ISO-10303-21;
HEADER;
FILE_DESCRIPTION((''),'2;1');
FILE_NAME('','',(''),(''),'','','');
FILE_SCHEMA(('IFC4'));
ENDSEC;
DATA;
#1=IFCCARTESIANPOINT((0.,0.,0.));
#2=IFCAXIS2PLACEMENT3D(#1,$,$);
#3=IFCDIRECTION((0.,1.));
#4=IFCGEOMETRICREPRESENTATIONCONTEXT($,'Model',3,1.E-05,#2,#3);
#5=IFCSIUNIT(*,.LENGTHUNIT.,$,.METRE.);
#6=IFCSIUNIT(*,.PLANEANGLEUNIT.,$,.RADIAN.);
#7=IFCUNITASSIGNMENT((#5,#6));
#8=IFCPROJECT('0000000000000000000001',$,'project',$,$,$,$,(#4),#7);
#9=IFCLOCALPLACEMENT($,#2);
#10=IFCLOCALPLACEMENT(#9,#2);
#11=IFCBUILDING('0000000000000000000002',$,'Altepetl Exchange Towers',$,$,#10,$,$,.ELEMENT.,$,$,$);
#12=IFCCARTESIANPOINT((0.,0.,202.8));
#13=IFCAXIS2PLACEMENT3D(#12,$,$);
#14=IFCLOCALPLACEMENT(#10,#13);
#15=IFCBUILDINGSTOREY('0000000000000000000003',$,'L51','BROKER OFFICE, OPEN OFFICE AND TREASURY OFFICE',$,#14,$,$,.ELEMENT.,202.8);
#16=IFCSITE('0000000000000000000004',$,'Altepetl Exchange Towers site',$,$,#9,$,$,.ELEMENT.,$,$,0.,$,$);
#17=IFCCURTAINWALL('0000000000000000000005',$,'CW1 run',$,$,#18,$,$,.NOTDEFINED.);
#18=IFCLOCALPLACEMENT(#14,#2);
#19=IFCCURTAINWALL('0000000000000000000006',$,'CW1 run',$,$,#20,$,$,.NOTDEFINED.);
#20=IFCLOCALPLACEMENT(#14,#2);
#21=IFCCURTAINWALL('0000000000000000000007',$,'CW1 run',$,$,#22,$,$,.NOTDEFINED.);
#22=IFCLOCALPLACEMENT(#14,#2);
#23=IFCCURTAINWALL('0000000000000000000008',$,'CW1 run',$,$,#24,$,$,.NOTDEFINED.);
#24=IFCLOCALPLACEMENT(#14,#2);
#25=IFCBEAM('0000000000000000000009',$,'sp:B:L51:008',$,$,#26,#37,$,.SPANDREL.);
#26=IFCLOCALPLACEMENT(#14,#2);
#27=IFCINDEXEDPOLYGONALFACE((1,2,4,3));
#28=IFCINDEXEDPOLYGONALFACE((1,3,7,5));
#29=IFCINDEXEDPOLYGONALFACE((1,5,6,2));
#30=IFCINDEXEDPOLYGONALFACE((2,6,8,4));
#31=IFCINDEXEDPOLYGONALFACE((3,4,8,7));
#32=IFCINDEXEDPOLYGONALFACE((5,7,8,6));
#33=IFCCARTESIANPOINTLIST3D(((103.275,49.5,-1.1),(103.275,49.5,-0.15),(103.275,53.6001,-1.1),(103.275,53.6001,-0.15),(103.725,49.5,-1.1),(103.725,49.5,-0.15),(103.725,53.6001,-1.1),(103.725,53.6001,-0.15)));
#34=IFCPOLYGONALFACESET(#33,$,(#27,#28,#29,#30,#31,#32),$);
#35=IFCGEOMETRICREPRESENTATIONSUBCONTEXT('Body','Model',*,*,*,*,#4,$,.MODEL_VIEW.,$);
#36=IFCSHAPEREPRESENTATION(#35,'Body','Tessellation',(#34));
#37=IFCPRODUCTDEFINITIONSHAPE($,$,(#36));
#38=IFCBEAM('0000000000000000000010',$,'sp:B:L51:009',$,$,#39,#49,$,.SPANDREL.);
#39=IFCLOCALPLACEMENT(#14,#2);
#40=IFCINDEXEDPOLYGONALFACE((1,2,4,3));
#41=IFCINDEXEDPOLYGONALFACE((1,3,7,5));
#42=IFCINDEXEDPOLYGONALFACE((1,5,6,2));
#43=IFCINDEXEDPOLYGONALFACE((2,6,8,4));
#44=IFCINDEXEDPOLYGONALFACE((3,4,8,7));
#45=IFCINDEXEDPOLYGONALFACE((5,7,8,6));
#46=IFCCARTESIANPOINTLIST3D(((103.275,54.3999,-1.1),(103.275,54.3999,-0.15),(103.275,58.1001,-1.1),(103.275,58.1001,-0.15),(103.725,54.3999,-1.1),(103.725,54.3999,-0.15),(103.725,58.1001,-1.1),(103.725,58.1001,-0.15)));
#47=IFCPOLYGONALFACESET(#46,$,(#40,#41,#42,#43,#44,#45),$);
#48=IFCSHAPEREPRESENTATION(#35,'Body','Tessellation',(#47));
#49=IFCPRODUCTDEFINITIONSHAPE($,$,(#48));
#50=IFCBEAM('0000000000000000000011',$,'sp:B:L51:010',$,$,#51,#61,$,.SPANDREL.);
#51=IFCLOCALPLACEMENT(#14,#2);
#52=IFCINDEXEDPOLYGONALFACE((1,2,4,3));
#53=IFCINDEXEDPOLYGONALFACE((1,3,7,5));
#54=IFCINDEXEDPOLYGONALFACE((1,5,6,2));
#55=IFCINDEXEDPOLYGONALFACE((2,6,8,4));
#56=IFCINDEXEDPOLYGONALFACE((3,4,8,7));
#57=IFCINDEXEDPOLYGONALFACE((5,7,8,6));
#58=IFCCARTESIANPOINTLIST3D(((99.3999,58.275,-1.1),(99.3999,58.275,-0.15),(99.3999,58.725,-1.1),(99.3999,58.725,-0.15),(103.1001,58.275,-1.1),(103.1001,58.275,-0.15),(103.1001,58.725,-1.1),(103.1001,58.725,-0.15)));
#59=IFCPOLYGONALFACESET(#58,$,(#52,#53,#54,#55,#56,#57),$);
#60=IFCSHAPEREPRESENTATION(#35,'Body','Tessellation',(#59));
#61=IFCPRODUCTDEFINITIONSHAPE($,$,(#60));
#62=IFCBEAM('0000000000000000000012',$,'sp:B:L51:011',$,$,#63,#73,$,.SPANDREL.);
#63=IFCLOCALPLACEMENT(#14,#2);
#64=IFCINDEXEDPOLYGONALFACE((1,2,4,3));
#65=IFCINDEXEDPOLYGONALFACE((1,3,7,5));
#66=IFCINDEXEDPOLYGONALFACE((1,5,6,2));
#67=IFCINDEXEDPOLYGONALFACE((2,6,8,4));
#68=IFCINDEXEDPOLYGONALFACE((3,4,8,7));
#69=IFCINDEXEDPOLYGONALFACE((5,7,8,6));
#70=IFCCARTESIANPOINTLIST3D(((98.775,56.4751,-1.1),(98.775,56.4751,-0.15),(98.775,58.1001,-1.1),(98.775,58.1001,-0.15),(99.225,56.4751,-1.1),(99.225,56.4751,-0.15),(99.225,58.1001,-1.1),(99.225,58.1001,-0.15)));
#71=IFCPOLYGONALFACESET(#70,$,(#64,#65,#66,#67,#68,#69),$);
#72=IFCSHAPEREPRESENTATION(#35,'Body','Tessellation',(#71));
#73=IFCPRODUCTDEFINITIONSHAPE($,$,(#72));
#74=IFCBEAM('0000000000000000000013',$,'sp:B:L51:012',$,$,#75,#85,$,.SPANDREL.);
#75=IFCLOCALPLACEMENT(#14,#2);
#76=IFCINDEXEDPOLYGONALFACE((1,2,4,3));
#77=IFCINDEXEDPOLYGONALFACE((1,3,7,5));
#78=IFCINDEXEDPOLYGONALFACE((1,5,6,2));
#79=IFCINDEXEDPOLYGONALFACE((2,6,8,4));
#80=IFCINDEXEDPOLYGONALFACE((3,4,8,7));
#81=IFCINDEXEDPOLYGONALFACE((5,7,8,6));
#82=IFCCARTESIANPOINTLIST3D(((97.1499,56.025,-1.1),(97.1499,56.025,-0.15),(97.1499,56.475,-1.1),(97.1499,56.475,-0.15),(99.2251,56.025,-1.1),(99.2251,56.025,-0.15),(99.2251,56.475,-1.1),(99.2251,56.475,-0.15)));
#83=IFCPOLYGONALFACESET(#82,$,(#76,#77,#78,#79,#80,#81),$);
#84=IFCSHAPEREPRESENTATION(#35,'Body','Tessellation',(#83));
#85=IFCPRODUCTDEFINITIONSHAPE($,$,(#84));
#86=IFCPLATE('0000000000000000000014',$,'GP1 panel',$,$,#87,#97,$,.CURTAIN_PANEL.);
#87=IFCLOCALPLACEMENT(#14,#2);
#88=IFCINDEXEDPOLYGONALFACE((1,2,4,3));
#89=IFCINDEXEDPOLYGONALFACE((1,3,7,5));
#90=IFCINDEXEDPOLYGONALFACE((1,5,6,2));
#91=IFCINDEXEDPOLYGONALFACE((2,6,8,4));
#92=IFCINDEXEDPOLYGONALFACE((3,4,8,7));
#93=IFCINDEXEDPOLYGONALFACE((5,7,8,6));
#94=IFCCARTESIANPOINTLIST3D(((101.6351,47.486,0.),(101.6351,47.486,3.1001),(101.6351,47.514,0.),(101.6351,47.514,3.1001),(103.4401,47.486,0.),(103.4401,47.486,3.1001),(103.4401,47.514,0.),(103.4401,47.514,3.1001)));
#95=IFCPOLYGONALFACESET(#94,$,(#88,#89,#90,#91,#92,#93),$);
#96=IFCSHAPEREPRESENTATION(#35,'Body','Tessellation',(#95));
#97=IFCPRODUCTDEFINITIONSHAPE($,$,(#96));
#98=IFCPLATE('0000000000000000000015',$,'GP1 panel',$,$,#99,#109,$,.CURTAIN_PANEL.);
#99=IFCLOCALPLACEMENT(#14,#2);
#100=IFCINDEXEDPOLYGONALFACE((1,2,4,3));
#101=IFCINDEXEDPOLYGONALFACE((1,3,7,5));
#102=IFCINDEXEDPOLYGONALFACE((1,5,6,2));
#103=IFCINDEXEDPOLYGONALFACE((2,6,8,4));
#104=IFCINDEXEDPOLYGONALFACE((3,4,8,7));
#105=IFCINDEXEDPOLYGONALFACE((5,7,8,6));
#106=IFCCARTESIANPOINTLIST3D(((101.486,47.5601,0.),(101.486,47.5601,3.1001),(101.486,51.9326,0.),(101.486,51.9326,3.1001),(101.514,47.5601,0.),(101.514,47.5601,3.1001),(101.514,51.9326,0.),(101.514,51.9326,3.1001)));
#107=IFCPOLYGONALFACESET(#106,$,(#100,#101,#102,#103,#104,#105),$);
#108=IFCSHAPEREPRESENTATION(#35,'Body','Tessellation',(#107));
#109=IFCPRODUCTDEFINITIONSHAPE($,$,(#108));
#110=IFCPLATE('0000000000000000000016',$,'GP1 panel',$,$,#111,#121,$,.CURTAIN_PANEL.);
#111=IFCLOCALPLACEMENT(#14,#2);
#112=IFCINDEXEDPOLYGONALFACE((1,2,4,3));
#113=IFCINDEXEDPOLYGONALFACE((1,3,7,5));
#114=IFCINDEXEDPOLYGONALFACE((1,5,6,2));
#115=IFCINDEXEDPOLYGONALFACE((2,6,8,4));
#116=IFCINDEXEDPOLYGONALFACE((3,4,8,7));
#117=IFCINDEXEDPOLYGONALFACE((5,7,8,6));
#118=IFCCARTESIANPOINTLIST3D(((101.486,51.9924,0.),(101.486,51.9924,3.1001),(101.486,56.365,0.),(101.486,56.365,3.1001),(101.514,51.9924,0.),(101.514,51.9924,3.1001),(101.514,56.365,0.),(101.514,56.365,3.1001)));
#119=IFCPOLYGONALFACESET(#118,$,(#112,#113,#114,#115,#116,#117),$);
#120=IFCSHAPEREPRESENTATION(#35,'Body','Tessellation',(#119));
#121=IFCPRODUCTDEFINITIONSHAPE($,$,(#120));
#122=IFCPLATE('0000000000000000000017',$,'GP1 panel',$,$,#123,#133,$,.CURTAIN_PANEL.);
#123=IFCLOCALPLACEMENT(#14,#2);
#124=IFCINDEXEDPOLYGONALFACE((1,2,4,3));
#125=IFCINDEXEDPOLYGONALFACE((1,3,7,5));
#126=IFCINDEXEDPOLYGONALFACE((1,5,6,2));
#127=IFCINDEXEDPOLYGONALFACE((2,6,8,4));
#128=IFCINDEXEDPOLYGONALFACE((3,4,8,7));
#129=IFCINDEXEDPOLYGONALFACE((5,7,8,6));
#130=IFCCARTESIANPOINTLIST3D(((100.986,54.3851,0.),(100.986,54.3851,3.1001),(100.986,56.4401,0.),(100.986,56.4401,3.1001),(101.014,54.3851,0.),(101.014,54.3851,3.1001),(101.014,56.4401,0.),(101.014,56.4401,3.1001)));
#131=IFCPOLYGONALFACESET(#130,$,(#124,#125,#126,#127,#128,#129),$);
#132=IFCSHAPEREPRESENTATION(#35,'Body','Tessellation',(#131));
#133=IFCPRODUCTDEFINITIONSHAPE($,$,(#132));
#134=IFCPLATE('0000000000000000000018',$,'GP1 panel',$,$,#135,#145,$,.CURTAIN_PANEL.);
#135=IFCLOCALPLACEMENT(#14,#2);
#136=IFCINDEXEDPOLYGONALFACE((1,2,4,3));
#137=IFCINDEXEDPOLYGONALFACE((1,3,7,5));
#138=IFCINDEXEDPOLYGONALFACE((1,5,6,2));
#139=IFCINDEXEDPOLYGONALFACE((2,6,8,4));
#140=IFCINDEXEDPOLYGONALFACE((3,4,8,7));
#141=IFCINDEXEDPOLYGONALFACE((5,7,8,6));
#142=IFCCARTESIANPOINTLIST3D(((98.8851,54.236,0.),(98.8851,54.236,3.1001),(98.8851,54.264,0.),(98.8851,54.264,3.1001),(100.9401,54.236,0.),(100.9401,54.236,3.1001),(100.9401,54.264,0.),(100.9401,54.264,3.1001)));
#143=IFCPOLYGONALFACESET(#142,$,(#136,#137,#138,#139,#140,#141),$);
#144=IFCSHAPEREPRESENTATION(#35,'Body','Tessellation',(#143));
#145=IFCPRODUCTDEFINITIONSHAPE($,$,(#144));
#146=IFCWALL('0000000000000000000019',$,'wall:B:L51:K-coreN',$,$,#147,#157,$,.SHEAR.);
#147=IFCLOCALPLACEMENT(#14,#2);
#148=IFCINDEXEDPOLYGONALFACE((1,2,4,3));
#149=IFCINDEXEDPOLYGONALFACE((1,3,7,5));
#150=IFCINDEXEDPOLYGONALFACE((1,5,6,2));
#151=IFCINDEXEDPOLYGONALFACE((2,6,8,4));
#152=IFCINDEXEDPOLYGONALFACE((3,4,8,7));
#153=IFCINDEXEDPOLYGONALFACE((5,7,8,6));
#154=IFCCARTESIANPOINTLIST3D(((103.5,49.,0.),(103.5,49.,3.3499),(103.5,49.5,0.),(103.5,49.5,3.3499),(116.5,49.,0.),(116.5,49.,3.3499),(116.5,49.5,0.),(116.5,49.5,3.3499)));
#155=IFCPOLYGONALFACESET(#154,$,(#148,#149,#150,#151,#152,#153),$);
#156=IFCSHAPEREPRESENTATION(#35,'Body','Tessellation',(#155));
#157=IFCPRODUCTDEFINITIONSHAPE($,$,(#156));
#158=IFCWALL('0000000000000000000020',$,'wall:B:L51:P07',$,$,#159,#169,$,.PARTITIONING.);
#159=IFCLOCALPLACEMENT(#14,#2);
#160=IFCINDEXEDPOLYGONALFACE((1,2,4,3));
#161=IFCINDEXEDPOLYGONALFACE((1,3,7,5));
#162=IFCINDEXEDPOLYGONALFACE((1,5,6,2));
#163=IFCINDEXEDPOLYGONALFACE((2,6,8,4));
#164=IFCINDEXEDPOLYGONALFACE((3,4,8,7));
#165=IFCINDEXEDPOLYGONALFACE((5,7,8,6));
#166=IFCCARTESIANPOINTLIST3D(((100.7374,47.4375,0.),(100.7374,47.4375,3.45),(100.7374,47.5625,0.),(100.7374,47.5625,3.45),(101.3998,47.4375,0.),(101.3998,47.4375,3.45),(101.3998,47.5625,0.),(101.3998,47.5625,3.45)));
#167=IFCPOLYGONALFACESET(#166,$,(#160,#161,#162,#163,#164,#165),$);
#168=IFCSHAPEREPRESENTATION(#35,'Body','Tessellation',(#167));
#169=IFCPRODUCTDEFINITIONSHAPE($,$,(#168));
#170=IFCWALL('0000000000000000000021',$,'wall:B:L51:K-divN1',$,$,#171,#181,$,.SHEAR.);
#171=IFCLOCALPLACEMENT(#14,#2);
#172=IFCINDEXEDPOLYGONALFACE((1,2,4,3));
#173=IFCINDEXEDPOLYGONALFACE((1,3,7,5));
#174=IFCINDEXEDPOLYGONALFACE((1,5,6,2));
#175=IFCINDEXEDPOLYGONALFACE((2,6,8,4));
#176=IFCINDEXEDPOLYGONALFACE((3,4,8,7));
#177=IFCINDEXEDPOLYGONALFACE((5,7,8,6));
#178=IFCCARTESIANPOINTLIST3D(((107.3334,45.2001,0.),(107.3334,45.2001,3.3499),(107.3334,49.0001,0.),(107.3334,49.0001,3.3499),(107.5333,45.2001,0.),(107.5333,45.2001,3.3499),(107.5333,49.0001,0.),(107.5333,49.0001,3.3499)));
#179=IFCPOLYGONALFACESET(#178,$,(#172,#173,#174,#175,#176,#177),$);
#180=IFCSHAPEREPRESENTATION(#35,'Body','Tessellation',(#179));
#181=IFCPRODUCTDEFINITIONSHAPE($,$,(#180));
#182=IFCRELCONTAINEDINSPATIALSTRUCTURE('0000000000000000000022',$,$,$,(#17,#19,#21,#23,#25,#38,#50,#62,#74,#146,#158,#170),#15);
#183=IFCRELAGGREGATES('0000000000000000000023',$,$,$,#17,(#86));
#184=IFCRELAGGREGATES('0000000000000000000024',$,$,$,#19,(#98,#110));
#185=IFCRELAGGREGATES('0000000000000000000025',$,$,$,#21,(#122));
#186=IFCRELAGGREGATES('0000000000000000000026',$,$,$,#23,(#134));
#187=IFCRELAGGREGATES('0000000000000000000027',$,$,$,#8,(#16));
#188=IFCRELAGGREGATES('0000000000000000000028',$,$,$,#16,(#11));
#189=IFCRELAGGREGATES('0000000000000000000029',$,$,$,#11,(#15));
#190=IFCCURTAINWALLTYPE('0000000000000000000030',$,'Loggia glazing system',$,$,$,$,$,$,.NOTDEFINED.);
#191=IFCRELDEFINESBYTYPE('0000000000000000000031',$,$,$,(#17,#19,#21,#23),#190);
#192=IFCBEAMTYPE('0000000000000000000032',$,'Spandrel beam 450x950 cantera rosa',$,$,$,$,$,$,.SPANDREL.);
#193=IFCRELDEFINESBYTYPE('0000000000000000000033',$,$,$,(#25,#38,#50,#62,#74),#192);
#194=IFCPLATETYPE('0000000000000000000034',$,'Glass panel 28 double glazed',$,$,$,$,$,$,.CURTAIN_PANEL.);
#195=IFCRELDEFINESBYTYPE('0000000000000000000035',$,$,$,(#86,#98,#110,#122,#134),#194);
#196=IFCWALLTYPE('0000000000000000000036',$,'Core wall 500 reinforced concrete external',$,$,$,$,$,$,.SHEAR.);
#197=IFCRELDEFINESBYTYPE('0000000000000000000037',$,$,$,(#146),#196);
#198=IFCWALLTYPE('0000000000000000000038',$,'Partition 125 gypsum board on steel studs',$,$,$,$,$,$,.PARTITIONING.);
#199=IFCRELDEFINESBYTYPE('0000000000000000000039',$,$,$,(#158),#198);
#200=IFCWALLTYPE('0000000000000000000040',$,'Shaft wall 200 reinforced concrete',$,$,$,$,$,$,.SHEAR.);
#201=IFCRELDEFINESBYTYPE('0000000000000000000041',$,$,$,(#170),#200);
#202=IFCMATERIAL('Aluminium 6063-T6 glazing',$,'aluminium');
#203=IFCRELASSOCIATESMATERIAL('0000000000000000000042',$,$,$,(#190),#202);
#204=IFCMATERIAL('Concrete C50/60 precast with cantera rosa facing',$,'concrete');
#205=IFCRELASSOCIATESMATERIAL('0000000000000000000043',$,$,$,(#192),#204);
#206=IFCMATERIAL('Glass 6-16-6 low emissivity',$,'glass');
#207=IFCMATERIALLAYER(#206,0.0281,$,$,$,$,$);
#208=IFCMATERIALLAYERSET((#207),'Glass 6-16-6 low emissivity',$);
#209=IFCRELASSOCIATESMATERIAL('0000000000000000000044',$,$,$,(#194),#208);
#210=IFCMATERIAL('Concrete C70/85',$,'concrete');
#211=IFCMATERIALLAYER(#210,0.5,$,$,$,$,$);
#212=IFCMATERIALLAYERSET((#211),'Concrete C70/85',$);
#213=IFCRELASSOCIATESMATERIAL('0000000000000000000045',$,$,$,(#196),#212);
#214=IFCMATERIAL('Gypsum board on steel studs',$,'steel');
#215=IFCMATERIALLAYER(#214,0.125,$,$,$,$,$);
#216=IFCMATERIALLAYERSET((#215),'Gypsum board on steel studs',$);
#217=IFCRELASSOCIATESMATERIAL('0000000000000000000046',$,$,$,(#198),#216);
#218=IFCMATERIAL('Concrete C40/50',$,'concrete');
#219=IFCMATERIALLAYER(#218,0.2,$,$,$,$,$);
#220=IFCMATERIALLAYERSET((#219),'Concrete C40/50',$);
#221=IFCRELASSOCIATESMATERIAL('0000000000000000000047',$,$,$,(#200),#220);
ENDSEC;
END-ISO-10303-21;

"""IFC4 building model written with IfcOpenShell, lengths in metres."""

from ifc_helpers import new_model, si_unit, direction, frame, frame_2d, origin, origin_2d, place, context, subcontext, project, spatial, rectangle, extrude, material, layer, layer_set, material_profile, profile_set, type_object, element, aggregate, save


model = new_model("IFC4")

# Units and contexts
model_context = context("Model", 3, precision=1e-05, world=origin(), true_north=direction((0.0, 1.0)))
body_context = subcontext(model_context, "Body", "Model", "MODEL_VIEW")
ifc_project = project(units=[si_unit("LENGTHUNIT", "METRE"), si_unit("PLANEANGLEUNIT", "RADIAN")], contexts=[model_context])

# Site, building, storey
site_placement = place(None, origin())
site = spatial("IfcSite", under=ifc_project, at=site_placement, Name="Altepetl Exchange Towers site", CompositionType="ELEMENT", RefElevation=0.0)
building_placement = place(site_placement, origin())
building = spatial("IfcBuilding", under=site, at=building_placement, Name="Altepetl Exchange Towers", CompositionType="ELEMENT")
storey_placement = place(building_placement, frame((0.0, 0.0, 202.8)))
storey = spatial("IfcBuildingStorey", under=building, at=storey_placement, Name="L51", Description="BROKER OFFICE, OPEN OFFICE AND TREASURY OFFICE", CompositionType="ELEMENT", Elevation=202.8)

# Curtain walls
ifc_material_1 = material(Name="Aluminium 6063-T6 glazing", Category="aluminium")
curtain_wall_type = type_object("IfcCurtainWallType", Name="Loggia glazing system", PredefinedType="NOTDEFINED", material=ifc_material_1)
curtain_wall_1_placement = place(storey_placement, origin())
curtain_wall_1 = element("IfcCurtainWall", 1, at=curtain_wall_1_placement, inside=storey, type_object=curtain_wall_type, Name="CW1 run", PredefinedType="NOTDEFINED")
curtain_wall_2_placement = place(storey_placement, origin())
curtain_wall_2 = element("IfcCurtainWall", 2, at=curtain_wall_2_placement, inside=storey, type_object=curtain_wall_type, Name="CW1 run", PredefinedType="NOTDEFINED")
curtain_wall_3_placement = place(storey_placement, origin())
curtain_wall_3 = element("IfcCurtainWall", 3, at=curtain_wall_3_placement, inside=storey, type_object=curtain_wall_type, Name="CW1 run", PredefinedType="NOTDEFINED")
curtain_wall_4_placement = place(storey_placement, origin())
curtain_wall_4 = element("IfcCurtainWall", 4, at=curtain_wall_4_placement, inside=storey, type_object=curtain_wall_type, Name="CW1 run", PredefinedType="NOTDEFINED")

# Beams
ifc_material_2 = material(Name="Concrete C50/60 precast with cantera rosa facing", Category="concrete")
ifc_material_profile_1 = material_profile(ifc_material_2, rectangle(XDim=0.45, YDim=0.95, at=origin_2d()), Name="450 x 950")
ifc_profile_set_1 = profile_set([ifc_material_profile_1], Name="Concrete C50/60 precast with cantera rosa facing")
beam_type = type_object("IfcBeamType", Name="Spandrel beam 450x950 cantera rosa", PredefinedType="SPANDREL", material=ifc_profile_set_1)
beam_1_placement = place(storey_placement, frame((103.5, 49.5, -0.625), z_axis=(0.0, 1.0, 0.0), x_axis=(-1.0, 0.0, 0.0)))
element("IfcBeam", 5, at=beam_1_placement, inside=storey, type_object=beam_type, Name="sp:B:L51:008", PredefinedType="SPANDREL", context=body_context, shape_type="SweptSolid", body=[
    extrude(rectangle(XDim=0.45, YDim=0.95, at=origin_2d()), origin(), (0.0, 0.0, 1.0), 4.1001),
])
for number, where, z_axis, x_axis, name in (
    (6, (103.5, 54.3999, -0.625), (0.0, 1.0, 0.0), (-1.0, 0.0, 0.0), "sp:B:L51:009"),
    (7, (103.1001, 58.5, -0.625), (-1.0, 0.0, 0.0), (0.0, -1.0, 0.0), "sp:B:L51:010"),
):
    element("IfcBeam", number, at=place(storey_placement, frame(where, z_axis=z_axis, x_axis=x_axis)), inside=storey, type_object=beam_type, Name=name, PredefinedType="SPANDREL", context=body_context, shape_type="SweptSolid", body=[
        extrude(rectangle(XDim=0.45, YDim=0.95, at=origin_2d()), origin(), (0.0, 0.0, 1.0), 3.7002),
    ])
beam_2_placement = place(storey_placement, frame((99.0, 58.1001, -0.625), z_axis=(0.0, -1.0, 0.0), x_axis=(1.0, 0.0, 0.0)))
element("IfcBeam", 8, at=beam_2_placement, inside=storey, type_object=beam_type, Name="sp:B:L51:011", PredefinedType="SPANDREL", context=body_context, shape_type="SweptSolid", body=[
    extrude(rectangle(XDim=0.45, YDim=0.95, at=origin_2d()), origin(), (0.0, 0.0, 1.0), 1.625),
])
beam_3_placement = place(storey_placement, frame((99.2251, 56.25, -0.625), z_axis=(-1.0, 0.0, 0.0), x_axis=(0.0, -1.0, 0.0)))
element("IfcBeam", 9, at=beam_3_placement, inside=storey, type_object=beam_type, Name="sp:B:L51:012", PredefinedType="SPANDREL", context=body_context, shape_type="SweptSolid", body=[
    extrude(rectangle(XDim=0.45, YDim=0.95, at=origin_2d()), origin(), (0.0, 0.0, 1.0), 2.0752),
])

# Plates
ifc_material_3 = material(Name="Glass 6-16-6 low emissivity", Category="glass")
ifc_layer_1 = layer(ifc_material_3, 0.0281)
ifc_layer_set_1 = layer_set([ifc_layer_1], Name="Glass 6-16-6 low emissivity")
plate_type = type_object("IfcPlateType", Name="Glass panel 28 double glazed", PredefinedType="CURTAIN_PANEL", material=ifc_layer_set_1)
plate_1_placement = place(storey_placement, frame((102.5376, 47.5, 0.0), z_axis=(0.0, 0.0, 1.0), x_axis=(-1.0, 0.0, 0.0)))
plate_1 = element("IfcPlate", 10, at=plate_1_placement, type_object=plate_type, Name="GP1 panel", PredefinedType="CURTAIN_PANEL", context=body_context, shape_type="SweptSolid", body=[
    extrude(rectangle(XDim=1.8049, YDim=0.0281, at=origin_2d()), origin(), (0.0, 0.0, 1.0), 3.1001),
])
aggregate(curtain_wall_1, [plate_1])
plate_2_placement = place(storey_placement, frame((101.5, 49.7463, 0.0), z_axis=(0.0, 0.0, 1.0), x_axis=(0.0, 1.0, 0.0)))
plate_2 = element("IfcPlate", 11, at=plate_2_placement, type_object=plate_type, Name="GP1 panel", PredefinedType="CURTAIN_PANEL", context=body_context, shape_type="SweptSolid", body=[
    extrude(rectangle(XDim=4.3726, YDim=0.0281, at=origin_2d()), origin(), (0.0, 0.0, 1.0), 3.1001),
])
plate_3_placement = place(storey_placement, frame((101.5, 54.1787, 0.0), z_axis=(0.0, 0.0, 1.0), x_axis=(0.0, 1.0, 0.0)))
plate_3 = element("IfcPlate", 12, at=plate_3_placement, type_object=plate_type, Name="GP1 panel", PredefinedType="CURTAIN_PANEL", context=body_context, shape_type="SweptSolid", body=[
    extrude(rectangle(XDim=4.3726, YDim=0.0281, at=origin_2d()), origin(), (0.0, 0.0, 1.0), 3.1001),
])
aggregate(curtain_wall_2, [plate_2, plate_3])
plate_4_placement = place(storey_placement, frame((101.0, 55.4126, 0.0), z_axis=(0.0, 0.0, 1.0), x_axis=(0.0, -1.0, 0.0)))
plate_4 = element("IfcPlate", 13, at=plate_4_placement, type_object=plate_type, Name="GP1 panel", PredefinedType="CURTAIN_PANEL", context=body_context, shape_type="SweptSolid", body=[
    extrude(rectangle(XDim=2.0549, YDim=0.0281, at=origin_2d()), origin(), (0.0, 0.0, 1.0), 3.1001),
])
aggregate(curtain_wall_3, [plate_4])
plate_5_placement = place(storey_placement, frame((99.9126, 54.25, 0.0), z_axis=(0.0, 0.0, 1.0), x_axis=(-1.0, 0.0, 0.0)))
plate_5 = element("IfcPlate", 14, at=plate_5_placement, type_object=plate_type, Name="GP1 panel", PredefinedType="CURTAIN_PANEL", context=body_context, shape_type="SweptSolid", body=[
    extrude(rectangle(XDim=2.0549, YDim=0.0281, at=origin_2d()), origin(), (0.0, 0.0, 1.0), 3.1001),
])
aggregate(curtain_wall_4, [plate_5])

# Walls
ifc_material_4 = material(Name="Concrete C70/85", Category="concrete")
ifc_layer_2 = layer(ifc_material_4, 0.5)
ifc_layer_set_2 = layer_set([ifc_layer_2], Name="Concrete C70/85")
wall_type_1 = type_object("IfcWallType", Name="Core wall 500 reinforced concrete external", PredefinedType="SHEAR", material=ifc_layer_set_2)
wall_1_placement = place(storey_placement, frame((103.5, 49.25, 0.0)))
element("IfcWall", 15, at=wall_1_placement, inside=storey, type_object=wall_type_1, Name="wall:B:L51:K-coreN", PredefinedType="SHEAR", context=body_context, shape_type="SweptSolid", body=[
    extrude(rectangle(XDim=13.0, YDim=0.5, at=frame_2d((6.5, 0.0))), origin(), (0.0, 0.0, 1.0), 3.3499),
])
ifc_material_5 = material(Name="Gypsum board on steel studs", Category="steel")
ifc_layer_3 = layer(ifc_material_5, 0.125)
ifc_layer_set_3 = layer_set([ifc_layer_3], Name="Gypsum board on steel studs")
wall_type_2 = type_object("IfcWallType", Name="Partition 125 gypsum board on steel studs", PredefinedType="PARTITIONING", material=ifc_layer_set_3)
wall_2_placement = place(storey_placement, frame((100.7375, 47.5, 0.0)))
element("IfcWall", 16, at=wall_2_placement, inside=storey, type_object=wall_type_2, Name="wall:B:L51:P07", PredefinedType="PARTITIONING", context=body_context, shape_type="SweptSolid", body=[
    extrude(rectangle(XDim=0.6624, YDim=0.125, at=frame_2d((0.3311, 0.0))), origin(), (0.0, 0.0, 1.0), 3.45),
])
ifc_material_6 = material(Name="Concrete C40/50", Category="concrete")
ifc_layer_4 = layer(ifc_material_6, 0.2)
ifc_layer_set_4 = layer_set([ifc_layer_4], Name="Concrete C40/50")
wall_type_3 = type_object("IfcWallType", Name="Shaft wall 200 reinforced concrete", PredefinedType="SHEAR", material=ifc_layer_set_4)
wall_3_placement = place(storey_placement, frame((107.4333, 49.0, 0.0), z_axis=(0.0, 0.0, 1.0), x_axis=(0.0, -1.0, 0.0)))
element("IfcWall", 17, at=wall_3_placement, inside=storey, type_object=wall_type_3, Name="wall:B:L51:K-divN1", PredefinedType="SHEAR", context=body_context, shape_type="SweptSolid", body=[
    extrude(rectangle(XDim=3.8, YDim=0.2, at=frame_2d((1.8999, 0.0))), origin(), (0.0, 0.0, 1.0), 3.3499),
])

save(model, "model.ifc")
